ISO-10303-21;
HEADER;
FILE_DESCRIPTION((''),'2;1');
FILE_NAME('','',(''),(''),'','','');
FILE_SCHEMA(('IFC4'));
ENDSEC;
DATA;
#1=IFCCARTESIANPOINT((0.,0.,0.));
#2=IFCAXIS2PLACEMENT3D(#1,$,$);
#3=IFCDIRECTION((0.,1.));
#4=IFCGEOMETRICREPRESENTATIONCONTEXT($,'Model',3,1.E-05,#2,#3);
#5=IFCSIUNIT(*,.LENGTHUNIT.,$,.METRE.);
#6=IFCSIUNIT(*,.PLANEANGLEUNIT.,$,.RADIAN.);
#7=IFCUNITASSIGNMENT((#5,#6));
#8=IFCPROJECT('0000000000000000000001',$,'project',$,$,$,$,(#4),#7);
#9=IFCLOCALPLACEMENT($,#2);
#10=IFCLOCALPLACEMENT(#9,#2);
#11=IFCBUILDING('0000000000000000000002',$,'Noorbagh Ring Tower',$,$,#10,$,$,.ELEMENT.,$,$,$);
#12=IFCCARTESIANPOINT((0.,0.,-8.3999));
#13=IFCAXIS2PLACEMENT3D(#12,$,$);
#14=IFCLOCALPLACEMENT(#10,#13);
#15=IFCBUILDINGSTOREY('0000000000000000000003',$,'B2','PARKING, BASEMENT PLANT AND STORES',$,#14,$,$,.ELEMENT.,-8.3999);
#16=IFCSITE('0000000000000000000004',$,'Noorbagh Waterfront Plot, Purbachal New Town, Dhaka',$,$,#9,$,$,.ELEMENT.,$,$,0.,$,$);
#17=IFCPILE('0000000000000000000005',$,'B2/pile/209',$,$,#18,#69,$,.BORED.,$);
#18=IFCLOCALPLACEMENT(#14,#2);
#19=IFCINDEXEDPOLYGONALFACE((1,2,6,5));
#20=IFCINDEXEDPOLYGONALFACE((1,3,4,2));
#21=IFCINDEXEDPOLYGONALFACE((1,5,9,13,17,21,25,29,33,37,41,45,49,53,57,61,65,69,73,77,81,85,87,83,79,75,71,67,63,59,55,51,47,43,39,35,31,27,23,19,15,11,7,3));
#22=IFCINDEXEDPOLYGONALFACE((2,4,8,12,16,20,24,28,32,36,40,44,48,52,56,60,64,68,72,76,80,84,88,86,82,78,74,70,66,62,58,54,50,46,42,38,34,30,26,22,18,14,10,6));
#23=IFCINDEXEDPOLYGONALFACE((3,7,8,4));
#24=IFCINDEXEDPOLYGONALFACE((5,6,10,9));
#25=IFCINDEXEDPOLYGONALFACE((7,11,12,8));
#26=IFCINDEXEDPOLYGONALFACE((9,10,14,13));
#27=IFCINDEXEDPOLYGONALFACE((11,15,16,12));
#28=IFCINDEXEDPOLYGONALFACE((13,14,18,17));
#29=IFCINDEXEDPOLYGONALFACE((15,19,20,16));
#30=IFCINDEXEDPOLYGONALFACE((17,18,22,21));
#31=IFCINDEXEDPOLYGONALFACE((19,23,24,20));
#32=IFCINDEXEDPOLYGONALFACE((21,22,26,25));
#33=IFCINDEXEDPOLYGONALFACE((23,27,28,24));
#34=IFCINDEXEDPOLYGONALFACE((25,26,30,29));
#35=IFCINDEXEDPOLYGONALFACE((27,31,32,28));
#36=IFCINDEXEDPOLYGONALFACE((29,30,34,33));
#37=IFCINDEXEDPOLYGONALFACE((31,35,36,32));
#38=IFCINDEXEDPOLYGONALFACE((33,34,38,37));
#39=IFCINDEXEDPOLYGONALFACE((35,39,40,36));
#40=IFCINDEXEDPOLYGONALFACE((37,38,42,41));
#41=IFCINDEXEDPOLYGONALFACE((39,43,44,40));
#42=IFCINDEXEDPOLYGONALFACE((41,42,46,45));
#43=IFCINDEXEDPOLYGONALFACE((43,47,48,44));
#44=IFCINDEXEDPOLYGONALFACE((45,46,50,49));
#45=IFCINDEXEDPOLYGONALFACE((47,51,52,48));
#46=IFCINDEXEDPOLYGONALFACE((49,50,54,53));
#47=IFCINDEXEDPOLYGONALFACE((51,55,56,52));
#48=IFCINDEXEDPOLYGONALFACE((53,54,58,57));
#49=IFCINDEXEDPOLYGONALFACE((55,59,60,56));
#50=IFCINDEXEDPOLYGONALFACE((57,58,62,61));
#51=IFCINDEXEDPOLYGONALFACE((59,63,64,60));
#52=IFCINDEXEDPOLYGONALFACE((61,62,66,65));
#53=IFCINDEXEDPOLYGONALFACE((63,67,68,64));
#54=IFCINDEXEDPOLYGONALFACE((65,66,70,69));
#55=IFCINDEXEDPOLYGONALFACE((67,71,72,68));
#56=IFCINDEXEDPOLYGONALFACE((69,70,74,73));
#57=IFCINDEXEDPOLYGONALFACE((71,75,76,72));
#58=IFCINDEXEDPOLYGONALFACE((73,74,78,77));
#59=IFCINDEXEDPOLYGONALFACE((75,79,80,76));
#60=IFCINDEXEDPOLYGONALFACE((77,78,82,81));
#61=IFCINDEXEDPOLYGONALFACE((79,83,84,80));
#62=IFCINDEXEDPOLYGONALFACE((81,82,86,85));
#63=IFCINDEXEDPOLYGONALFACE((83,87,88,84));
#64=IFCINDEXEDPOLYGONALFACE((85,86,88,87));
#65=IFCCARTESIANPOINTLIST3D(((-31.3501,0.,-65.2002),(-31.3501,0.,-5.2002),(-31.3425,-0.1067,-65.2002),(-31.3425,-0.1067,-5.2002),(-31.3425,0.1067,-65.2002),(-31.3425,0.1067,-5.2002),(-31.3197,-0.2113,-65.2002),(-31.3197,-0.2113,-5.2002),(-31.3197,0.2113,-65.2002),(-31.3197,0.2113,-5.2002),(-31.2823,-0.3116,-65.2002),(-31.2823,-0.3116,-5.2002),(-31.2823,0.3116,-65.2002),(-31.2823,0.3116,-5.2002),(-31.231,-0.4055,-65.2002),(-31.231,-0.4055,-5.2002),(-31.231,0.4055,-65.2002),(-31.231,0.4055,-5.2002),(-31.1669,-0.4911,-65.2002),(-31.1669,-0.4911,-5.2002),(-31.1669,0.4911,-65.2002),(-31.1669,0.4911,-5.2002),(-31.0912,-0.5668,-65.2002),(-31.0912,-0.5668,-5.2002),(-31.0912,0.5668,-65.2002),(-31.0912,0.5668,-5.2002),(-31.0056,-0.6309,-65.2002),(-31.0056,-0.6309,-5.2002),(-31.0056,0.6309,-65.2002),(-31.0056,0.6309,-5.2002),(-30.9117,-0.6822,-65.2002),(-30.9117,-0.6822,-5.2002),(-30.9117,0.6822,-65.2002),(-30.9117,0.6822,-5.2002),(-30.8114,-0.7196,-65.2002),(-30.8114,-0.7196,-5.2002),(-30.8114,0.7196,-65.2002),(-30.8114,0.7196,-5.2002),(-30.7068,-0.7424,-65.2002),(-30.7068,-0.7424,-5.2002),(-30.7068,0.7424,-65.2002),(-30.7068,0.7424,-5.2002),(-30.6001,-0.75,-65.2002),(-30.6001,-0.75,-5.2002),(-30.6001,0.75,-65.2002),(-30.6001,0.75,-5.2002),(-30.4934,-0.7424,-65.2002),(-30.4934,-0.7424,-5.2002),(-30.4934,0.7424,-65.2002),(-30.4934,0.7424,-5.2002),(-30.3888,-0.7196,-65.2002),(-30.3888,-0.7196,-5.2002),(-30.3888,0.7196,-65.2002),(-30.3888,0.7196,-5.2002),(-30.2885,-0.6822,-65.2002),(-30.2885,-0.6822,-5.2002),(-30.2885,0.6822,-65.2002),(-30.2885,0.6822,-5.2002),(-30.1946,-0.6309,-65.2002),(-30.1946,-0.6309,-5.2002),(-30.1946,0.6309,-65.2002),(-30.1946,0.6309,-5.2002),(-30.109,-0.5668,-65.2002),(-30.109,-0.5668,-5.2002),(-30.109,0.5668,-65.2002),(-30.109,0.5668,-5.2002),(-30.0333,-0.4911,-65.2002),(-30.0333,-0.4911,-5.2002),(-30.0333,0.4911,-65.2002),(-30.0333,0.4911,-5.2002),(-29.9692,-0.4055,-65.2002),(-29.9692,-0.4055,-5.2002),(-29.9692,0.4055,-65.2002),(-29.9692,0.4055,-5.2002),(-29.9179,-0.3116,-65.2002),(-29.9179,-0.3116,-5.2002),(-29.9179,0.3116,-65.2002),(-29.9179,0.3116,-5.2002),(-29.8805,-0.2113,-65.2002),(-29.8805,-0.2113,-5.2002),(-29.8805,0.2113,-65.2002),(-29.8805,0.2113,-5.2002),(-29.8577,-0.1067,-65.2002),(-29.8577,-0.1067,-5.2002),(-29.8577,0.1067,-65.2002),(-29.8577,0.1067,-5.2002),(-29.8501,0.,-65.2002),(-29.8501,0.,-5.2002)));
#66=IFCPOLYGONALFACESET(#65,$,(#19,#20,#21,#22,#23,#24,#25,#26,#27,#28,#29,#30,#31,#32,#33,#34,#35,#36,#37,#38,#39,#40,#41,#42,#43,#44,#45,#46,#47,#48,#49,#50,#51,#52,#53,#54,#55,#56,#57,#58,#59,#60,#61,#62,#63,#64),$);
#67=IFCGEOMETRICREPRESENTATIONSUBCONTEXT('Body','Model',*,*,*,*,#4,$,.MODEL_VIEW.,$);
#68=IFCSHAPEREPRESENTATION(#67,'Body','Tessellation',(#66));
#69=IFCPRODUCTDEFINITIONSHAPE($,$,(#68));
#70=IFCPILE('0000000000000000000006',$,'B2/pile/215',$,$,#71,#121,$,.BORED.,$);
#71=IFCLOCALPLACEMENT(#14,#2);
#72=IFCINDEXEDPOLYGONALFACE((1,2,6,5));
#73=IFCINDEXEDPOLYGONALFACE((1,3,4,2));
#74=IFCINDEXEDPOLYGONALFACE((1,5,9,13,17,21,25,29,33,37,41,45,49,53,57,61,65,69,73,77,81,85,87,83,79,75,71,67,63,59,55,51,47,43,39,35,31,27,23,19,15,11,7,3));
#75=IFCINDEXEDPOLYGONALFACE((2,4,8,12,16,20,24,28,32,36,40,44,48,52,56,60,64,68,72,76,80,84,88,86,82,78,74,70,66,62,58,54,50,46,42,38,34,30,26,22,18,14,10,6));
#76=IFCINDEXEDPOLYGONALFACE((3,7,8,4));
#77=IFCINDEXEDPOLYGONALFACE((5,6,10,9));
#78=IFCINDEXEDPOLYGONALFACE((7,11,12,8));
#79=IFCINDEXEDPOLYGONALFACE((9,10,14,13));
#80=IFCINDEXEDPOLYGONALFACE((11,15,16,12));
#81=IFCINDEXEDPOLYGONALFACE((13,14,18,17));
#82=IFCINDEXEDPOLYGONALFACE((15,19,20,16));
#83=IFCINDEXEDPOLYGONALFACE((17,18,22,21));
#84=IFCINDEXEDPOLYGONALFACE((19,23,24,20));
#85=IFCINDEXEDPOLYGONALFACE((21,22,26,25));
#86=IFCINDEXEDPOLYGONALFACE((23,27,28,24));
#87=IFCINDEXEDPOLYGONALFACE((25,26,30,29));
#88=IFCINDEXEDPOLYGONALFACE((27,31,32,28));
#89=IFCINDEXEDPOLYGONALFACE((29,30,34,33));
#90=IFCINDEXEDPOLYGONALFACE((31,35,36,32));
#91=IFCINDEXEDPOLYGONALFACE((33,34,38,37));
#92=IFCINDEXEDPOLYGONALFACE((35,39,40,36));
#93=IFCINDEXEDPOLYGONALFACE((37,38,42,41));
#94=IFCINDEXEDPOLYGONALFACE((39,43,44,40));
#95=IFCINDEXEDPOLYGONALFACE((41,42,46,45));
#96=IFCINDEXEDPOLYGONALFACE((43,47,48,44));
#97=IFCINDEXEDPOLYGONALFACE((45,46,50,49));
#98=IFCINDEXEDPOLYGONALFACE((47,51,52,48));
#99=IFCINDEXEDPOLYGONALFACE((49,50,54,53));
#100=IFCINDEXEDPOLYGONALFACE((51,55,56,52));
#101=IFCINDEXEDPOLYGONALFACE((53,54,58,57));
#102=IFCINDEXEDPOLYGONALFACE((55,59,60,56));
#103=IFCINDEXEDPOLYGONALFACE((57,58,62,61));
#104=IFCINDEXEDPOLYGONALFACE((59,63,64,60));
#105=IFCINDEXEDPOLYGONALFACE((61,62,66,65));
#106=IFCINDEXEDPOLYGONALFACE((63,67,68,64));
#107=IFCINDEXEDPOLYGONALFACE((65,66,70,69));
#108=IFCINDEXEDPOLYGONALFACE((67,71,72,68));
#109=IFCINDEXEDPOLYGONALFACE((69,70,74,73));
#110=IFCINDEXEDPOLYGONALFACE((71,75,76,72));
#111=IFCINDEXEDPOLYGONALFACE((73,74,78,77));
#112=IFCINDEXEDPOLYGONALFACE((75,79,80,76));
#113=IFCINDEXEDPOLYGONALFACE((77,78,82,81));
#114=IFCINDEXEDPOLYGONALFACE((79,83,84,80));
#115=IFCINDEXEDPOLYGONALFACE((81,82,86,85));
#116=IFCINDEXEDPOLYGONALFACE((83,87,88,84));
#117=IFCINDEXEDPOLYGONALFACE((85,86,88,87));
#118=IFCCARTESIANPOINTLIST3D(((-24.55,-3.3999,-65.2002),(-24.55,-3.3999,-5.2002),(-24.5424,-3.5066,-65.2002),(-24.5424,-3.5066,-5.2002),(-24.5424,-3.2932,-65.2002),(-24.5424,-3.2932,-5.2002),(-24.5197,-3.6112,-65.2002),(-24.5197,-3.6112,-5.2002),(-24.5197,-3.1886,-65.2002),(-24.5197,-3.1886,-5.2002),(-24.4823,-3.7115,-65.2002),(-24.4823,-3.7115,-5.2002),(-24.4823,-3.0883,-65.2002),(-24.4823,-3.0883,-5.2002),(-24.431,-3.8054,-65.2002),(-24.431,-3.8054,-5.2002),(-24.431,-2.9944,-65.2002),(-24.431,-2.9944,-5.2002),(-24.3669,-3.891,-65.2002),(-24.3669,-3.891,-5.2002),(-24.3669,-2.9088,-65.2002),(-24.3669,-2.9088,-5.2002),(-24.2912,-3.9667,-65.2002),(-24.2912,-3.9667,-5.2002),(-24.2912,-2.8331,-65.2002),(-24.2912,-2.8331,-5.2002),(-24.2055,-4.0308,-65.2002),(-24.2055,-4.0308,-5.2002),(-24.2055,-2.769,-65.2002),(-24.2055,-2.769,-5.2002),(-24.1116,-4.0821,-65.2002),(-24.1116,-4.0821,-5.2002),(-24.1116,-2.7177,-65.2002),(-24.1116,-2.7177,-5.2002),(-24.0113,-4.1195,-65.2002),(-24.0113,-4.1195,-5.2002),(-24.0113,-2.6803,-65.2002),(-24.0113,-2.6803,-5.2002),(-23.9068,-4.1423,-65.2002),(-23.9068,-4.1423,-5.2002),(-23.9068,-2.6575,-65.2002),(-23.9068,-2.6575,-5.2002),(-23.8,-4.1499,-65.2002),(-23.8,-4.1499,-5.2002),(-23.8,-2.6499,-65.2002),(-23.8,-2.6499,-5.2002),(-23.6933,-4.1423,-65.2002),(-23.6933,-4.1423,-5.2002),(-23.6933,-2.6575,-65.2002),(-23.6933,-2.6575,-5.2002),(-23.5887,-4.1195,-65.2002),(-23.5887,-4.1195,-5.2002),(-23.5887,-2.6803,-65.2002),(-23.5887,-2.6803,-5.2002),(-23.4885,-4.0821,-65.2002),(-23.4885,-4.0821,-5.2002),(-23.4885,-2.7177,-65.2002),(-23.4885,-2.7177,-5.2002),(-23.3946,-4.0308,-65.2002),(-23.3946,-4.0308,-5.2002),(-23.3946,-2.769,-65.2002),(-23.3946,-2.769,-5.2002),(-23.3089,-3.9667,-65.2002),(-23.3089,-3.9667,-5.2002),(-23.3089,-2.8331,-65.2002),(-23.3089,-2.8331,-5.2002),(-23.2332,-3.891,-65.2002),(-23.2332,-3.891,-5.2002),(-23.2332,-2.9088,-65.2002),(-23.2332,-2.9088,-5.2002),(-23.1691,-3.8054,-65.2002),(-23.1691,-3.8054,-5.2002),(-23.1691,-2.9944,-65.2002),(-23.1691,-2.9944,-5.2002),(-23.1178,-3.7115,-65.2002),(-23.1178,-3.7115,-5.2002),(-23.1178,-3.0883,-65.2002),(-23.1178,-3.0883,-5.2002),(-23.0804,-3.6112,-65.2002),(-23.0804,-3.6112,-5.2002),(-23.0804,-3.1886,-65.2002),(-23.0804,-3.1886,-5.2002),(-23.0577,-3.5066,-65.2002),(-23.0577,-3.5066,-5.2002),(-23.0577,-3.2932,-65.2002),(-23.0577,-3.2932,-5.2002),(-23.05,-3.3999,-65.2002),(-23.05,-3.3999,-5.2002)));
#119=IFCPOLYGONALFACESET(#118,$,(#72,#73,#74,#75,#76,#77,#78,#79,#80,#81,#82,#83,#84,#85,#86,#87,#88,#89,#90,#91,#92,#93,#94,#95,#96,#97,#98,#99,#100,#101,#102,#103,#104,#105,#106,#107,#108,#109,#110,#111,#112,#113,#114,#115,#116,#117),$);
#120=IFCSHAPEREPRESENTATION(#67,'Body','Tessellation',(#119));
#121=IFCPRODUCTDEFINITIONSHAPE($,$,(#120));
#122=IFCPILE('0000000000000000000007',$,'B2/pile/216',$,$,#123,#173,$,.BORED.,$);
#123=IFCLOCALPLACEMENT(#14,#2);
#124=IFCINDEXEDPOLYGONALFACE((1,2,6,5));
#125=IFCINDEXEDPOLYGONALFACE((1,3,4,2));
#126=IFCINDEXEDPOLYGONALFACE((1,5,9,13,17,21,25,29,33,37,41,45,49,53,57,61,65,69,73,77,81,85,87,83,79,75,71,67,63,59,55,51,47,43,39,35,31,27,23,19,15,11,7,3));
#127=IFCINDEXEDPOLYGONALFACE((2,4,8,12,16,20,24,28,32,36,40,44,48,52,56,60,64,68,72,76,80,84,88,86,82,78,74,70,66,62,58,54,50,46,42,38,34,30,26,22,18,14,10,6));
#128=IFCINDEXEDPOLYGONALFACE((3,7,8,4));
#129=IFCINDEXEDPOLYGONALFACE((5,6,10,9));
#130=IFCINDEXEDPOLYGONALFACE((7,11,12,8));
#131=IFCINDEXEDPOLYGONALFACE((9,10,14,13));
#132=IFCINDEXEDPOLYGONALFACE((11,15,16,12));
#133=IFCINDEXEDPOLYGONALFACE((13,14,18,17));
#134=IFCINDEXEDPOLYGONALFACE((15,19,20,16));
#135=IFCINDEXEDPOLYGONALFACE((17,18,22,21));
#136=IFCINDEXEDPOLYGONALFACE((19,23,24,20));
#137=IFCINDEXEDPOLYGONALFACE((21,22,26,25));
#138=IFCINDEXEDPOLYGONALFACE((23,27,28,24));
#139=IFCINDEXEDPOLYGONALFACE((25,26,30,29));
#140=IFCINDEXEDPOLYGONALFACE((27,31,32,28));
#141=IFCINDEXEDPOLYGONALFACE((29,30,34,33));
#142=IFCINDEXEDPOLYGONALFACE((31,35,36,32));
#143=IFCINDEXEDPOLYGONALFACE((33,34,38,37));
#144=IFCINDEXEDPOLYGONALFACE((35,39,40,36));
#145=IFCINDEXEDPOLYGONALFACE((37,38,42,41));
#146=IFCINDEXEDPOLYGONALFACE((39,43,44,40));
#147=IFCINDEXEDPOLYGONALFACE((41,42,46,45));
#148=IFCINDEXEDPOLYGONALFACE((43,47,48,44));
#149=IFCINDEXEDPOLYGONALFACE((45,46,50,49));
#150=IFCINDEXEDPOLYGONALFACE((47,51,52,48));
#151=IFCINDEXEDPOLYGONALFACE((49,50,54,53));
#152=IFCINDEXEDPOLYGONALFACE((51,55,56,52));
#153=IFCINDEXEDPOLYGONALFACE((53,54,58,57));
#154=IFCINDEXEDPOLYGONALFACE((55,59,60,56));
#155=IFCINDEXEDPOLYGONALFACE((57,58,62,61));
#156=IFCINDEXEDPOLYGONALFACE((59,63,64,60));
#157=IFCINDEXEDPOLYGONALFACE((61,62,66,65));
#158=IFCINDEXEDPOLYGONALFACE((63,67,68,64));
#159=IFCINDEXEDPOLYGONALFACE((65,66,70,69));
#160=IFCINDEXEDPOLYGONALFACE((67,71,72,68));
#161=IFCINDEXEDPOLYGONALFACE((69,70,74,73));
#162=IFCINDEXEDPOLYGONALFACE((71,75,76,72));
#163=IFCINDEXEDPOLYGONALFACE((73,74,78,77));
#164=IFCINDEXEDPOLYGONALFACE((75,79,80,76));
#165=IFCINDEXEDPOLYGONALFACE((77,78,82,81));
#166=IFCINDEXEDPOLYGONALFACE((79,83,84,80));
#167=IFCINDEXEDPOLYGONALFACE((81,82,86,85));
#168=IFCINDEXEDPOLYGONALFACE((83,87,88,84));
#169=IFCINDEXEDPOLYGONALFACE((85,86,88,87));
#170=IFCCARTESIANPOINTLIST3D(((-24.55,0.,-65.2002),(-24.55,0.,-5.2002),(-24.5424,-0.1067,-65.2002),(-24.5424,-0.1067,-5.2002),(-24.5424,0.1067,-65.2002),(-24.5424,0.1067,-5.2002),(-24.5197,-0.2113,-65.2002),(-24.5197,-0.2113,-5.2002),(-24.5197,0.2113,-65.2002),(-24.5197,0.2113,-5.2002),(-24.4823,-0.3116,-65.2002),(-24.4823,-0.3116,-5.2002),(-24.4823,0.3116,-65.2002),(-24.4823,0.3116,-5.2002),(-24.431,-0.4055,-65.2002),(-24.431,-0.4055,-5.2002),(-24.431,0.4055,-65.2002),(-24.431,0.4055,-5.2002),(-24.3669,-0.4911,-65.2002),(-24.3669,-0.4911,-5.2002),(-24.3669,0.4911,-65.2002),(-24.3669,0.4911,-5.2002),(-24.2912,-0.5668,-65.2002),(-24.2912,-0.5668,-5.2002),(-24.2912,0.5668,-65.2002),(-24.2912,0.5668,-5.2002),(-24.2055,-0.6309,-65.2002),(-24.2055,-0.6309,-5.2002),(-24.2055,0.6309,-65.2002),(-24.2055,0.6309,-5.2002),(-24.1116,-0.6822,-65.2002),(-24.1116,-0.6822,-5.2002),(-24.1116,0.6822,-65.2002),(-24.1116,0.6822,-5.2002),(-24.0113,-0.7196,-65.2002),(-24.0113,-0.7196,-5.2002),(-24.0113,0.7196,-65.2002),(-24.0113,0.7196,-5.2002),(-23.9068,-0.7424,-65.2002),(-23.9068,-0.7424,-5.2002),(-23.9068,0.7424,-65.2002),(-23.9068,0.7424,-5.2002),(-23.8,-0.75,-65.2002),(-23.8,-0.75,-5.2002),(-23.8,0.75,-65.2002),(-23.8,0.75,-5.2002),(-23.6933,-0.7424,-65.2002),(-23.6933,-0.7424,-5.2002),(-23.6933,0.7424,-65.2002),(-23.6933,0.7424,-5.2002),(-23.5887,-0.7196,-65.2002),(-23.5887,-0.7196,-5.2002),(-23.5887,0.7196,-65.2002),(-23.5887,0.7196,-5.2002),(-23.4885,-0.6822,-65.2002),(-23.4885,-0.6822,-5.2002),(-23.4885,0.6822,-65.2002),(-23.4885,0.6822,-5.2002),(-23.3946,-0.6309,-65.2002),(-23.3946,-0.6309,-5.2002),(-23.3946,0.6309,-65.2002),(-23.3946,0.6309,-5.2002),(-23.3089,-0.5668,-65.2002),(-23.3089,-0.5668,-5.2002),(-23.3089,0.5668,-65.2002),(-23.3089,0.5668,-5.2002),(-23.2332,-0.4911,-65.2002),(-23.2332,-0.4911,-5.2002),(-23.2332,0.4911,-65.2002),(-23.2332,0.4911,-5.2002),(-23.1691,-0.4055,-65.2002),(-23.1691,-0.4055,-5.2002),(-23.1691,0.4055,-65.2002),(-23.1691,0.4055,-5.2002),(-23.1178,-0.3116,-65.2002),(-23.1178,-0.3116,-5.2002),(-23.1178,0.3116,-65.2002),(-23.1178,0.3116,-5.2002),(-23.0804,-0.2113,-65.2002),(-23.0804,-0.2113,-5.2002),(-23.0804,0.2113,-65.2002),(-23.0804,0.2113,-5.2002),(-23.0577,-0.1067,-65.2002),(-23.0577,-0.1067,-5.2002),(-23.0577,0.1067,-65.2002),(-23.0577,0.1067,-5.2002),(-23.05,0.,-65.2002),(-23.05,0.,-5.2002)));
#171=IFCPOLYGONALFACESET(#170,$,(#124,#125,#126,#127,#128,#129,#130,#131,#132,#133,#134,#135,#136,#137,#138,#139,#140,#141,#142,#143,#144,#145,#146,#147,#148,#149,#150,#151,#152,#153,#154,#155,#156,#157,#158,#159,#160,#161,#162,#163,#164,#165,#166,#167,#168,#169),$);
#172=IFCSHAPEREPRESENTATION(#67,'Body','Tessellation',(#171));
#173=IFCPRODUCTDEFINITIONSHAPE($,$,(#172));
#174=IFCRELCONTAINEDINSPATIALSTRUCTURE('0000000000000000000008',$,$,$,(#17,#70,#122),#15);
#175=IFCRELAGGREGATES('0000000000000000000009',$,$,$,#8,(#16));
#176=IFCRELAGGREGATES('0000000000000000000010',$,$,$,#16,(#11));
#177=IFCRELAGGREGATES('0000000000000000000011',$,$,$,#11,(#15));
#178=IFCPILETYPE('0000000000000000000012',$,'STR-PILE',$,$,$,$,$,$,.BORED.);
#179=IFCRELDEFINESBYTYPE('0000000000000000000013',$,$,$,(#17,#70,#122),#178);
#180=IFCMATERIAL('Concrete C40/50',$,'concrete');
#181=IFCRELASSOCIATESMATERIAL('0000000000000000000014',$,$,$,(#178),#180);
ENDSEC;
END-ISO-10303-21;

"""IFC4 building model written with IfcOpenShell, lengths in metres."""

from ifc_helpers import new_model, si_unit, direction, frame, origin, origin_2d, place, context, subcontext, project, spatial, circle, extrude, material, material_profile, profile_set, type_object, element, save


model = new_model("IFC4")

# Units and contexts
model_context = context("Model", 3, precision=1e-05, world=origin(), true_north=direction((0.0, 1.0)))
body_context = subcontext(model_context, "Body", "Model", "MODEL_VIEW")
ifc_project = project(units=[si_unit("LENGTHUNIT", "METRE"), si_unit("PLANEANGLEUNIT", "RADIAN")], contexts=[model_context])

# Site, building, storey
site_placement = place(None, origin())
site = spatial("IfcSite", under=ifc_project, at=site_placement, Name="Noorbagh Waterfront Plot, Purbachal New Town, Dhaka", CompositionType="ELEMENT", RefElevation=0.0)
building_placement = place(site_placement, origin())
building = spatial("IfcBuilding", under=site, at=building_placement, Name="Noorbagh Ring Tower", CompositionType="ELEMENT")
storey_placement = place(building_placement, frame((0.0, 0.0, -8.3999)))
storey = spatial("IfcBuildingStorey", under=building, at=storey_placement, Name="B2", Description="PARKING, BASEMENT PLANT AND STORES", CompositionType="ELEMENT", Elevation=-8.3999)

# Piles
ifc_material_1 = material(Name="Concrete C40/50", Category="concrete")
ifc_material_profile_1 = material_profile(ifc_material_1, circle(Radius=0.75, at=origin_2d()), Name="PILE1500")
ifc_profile_set_1 = profile_set([ifc_material_profile_1], Name="Concrete C40/50")
pile_type = type_object("IfcPileType", Name="STR-PILE", PredefinedType="BORED", material=ifc_profile_set_1)
for number, where, z_axis, x_axis, name in (
    (1, (-30.6001, 0.0, -5.2002), (0.0, 0.0, -1.0), (1.0, 0.0, 0.0), "B2/pile/209"),
    (2, (-23.8, -3.3999, -5.2002), (0.0, 0.0, -1.0), (1.0, 0.0, 0.0), "B2/pile/215"),
    (3, (-23.8, 0.0, -5.2002), (0.0, 0.0, -1.0), (1.0, 0.0, 0.0), "B2/pile/216"),
):
    element("IfcPile", number, at=place(storey_placement, frame(where, z_axis=z_axis, x_axis=x_axis)), inside=storey, type_object=pile_type, Name=name, PredefinedType="BORED", context=body_context, shape_type="SweptSolid", body=[
        extrude(circle(Radius=0.75, at=origin_2d()), origin(), (0.0, 0.0, 1.0), 60.0),
    ])

save(model, "model.ifc")
